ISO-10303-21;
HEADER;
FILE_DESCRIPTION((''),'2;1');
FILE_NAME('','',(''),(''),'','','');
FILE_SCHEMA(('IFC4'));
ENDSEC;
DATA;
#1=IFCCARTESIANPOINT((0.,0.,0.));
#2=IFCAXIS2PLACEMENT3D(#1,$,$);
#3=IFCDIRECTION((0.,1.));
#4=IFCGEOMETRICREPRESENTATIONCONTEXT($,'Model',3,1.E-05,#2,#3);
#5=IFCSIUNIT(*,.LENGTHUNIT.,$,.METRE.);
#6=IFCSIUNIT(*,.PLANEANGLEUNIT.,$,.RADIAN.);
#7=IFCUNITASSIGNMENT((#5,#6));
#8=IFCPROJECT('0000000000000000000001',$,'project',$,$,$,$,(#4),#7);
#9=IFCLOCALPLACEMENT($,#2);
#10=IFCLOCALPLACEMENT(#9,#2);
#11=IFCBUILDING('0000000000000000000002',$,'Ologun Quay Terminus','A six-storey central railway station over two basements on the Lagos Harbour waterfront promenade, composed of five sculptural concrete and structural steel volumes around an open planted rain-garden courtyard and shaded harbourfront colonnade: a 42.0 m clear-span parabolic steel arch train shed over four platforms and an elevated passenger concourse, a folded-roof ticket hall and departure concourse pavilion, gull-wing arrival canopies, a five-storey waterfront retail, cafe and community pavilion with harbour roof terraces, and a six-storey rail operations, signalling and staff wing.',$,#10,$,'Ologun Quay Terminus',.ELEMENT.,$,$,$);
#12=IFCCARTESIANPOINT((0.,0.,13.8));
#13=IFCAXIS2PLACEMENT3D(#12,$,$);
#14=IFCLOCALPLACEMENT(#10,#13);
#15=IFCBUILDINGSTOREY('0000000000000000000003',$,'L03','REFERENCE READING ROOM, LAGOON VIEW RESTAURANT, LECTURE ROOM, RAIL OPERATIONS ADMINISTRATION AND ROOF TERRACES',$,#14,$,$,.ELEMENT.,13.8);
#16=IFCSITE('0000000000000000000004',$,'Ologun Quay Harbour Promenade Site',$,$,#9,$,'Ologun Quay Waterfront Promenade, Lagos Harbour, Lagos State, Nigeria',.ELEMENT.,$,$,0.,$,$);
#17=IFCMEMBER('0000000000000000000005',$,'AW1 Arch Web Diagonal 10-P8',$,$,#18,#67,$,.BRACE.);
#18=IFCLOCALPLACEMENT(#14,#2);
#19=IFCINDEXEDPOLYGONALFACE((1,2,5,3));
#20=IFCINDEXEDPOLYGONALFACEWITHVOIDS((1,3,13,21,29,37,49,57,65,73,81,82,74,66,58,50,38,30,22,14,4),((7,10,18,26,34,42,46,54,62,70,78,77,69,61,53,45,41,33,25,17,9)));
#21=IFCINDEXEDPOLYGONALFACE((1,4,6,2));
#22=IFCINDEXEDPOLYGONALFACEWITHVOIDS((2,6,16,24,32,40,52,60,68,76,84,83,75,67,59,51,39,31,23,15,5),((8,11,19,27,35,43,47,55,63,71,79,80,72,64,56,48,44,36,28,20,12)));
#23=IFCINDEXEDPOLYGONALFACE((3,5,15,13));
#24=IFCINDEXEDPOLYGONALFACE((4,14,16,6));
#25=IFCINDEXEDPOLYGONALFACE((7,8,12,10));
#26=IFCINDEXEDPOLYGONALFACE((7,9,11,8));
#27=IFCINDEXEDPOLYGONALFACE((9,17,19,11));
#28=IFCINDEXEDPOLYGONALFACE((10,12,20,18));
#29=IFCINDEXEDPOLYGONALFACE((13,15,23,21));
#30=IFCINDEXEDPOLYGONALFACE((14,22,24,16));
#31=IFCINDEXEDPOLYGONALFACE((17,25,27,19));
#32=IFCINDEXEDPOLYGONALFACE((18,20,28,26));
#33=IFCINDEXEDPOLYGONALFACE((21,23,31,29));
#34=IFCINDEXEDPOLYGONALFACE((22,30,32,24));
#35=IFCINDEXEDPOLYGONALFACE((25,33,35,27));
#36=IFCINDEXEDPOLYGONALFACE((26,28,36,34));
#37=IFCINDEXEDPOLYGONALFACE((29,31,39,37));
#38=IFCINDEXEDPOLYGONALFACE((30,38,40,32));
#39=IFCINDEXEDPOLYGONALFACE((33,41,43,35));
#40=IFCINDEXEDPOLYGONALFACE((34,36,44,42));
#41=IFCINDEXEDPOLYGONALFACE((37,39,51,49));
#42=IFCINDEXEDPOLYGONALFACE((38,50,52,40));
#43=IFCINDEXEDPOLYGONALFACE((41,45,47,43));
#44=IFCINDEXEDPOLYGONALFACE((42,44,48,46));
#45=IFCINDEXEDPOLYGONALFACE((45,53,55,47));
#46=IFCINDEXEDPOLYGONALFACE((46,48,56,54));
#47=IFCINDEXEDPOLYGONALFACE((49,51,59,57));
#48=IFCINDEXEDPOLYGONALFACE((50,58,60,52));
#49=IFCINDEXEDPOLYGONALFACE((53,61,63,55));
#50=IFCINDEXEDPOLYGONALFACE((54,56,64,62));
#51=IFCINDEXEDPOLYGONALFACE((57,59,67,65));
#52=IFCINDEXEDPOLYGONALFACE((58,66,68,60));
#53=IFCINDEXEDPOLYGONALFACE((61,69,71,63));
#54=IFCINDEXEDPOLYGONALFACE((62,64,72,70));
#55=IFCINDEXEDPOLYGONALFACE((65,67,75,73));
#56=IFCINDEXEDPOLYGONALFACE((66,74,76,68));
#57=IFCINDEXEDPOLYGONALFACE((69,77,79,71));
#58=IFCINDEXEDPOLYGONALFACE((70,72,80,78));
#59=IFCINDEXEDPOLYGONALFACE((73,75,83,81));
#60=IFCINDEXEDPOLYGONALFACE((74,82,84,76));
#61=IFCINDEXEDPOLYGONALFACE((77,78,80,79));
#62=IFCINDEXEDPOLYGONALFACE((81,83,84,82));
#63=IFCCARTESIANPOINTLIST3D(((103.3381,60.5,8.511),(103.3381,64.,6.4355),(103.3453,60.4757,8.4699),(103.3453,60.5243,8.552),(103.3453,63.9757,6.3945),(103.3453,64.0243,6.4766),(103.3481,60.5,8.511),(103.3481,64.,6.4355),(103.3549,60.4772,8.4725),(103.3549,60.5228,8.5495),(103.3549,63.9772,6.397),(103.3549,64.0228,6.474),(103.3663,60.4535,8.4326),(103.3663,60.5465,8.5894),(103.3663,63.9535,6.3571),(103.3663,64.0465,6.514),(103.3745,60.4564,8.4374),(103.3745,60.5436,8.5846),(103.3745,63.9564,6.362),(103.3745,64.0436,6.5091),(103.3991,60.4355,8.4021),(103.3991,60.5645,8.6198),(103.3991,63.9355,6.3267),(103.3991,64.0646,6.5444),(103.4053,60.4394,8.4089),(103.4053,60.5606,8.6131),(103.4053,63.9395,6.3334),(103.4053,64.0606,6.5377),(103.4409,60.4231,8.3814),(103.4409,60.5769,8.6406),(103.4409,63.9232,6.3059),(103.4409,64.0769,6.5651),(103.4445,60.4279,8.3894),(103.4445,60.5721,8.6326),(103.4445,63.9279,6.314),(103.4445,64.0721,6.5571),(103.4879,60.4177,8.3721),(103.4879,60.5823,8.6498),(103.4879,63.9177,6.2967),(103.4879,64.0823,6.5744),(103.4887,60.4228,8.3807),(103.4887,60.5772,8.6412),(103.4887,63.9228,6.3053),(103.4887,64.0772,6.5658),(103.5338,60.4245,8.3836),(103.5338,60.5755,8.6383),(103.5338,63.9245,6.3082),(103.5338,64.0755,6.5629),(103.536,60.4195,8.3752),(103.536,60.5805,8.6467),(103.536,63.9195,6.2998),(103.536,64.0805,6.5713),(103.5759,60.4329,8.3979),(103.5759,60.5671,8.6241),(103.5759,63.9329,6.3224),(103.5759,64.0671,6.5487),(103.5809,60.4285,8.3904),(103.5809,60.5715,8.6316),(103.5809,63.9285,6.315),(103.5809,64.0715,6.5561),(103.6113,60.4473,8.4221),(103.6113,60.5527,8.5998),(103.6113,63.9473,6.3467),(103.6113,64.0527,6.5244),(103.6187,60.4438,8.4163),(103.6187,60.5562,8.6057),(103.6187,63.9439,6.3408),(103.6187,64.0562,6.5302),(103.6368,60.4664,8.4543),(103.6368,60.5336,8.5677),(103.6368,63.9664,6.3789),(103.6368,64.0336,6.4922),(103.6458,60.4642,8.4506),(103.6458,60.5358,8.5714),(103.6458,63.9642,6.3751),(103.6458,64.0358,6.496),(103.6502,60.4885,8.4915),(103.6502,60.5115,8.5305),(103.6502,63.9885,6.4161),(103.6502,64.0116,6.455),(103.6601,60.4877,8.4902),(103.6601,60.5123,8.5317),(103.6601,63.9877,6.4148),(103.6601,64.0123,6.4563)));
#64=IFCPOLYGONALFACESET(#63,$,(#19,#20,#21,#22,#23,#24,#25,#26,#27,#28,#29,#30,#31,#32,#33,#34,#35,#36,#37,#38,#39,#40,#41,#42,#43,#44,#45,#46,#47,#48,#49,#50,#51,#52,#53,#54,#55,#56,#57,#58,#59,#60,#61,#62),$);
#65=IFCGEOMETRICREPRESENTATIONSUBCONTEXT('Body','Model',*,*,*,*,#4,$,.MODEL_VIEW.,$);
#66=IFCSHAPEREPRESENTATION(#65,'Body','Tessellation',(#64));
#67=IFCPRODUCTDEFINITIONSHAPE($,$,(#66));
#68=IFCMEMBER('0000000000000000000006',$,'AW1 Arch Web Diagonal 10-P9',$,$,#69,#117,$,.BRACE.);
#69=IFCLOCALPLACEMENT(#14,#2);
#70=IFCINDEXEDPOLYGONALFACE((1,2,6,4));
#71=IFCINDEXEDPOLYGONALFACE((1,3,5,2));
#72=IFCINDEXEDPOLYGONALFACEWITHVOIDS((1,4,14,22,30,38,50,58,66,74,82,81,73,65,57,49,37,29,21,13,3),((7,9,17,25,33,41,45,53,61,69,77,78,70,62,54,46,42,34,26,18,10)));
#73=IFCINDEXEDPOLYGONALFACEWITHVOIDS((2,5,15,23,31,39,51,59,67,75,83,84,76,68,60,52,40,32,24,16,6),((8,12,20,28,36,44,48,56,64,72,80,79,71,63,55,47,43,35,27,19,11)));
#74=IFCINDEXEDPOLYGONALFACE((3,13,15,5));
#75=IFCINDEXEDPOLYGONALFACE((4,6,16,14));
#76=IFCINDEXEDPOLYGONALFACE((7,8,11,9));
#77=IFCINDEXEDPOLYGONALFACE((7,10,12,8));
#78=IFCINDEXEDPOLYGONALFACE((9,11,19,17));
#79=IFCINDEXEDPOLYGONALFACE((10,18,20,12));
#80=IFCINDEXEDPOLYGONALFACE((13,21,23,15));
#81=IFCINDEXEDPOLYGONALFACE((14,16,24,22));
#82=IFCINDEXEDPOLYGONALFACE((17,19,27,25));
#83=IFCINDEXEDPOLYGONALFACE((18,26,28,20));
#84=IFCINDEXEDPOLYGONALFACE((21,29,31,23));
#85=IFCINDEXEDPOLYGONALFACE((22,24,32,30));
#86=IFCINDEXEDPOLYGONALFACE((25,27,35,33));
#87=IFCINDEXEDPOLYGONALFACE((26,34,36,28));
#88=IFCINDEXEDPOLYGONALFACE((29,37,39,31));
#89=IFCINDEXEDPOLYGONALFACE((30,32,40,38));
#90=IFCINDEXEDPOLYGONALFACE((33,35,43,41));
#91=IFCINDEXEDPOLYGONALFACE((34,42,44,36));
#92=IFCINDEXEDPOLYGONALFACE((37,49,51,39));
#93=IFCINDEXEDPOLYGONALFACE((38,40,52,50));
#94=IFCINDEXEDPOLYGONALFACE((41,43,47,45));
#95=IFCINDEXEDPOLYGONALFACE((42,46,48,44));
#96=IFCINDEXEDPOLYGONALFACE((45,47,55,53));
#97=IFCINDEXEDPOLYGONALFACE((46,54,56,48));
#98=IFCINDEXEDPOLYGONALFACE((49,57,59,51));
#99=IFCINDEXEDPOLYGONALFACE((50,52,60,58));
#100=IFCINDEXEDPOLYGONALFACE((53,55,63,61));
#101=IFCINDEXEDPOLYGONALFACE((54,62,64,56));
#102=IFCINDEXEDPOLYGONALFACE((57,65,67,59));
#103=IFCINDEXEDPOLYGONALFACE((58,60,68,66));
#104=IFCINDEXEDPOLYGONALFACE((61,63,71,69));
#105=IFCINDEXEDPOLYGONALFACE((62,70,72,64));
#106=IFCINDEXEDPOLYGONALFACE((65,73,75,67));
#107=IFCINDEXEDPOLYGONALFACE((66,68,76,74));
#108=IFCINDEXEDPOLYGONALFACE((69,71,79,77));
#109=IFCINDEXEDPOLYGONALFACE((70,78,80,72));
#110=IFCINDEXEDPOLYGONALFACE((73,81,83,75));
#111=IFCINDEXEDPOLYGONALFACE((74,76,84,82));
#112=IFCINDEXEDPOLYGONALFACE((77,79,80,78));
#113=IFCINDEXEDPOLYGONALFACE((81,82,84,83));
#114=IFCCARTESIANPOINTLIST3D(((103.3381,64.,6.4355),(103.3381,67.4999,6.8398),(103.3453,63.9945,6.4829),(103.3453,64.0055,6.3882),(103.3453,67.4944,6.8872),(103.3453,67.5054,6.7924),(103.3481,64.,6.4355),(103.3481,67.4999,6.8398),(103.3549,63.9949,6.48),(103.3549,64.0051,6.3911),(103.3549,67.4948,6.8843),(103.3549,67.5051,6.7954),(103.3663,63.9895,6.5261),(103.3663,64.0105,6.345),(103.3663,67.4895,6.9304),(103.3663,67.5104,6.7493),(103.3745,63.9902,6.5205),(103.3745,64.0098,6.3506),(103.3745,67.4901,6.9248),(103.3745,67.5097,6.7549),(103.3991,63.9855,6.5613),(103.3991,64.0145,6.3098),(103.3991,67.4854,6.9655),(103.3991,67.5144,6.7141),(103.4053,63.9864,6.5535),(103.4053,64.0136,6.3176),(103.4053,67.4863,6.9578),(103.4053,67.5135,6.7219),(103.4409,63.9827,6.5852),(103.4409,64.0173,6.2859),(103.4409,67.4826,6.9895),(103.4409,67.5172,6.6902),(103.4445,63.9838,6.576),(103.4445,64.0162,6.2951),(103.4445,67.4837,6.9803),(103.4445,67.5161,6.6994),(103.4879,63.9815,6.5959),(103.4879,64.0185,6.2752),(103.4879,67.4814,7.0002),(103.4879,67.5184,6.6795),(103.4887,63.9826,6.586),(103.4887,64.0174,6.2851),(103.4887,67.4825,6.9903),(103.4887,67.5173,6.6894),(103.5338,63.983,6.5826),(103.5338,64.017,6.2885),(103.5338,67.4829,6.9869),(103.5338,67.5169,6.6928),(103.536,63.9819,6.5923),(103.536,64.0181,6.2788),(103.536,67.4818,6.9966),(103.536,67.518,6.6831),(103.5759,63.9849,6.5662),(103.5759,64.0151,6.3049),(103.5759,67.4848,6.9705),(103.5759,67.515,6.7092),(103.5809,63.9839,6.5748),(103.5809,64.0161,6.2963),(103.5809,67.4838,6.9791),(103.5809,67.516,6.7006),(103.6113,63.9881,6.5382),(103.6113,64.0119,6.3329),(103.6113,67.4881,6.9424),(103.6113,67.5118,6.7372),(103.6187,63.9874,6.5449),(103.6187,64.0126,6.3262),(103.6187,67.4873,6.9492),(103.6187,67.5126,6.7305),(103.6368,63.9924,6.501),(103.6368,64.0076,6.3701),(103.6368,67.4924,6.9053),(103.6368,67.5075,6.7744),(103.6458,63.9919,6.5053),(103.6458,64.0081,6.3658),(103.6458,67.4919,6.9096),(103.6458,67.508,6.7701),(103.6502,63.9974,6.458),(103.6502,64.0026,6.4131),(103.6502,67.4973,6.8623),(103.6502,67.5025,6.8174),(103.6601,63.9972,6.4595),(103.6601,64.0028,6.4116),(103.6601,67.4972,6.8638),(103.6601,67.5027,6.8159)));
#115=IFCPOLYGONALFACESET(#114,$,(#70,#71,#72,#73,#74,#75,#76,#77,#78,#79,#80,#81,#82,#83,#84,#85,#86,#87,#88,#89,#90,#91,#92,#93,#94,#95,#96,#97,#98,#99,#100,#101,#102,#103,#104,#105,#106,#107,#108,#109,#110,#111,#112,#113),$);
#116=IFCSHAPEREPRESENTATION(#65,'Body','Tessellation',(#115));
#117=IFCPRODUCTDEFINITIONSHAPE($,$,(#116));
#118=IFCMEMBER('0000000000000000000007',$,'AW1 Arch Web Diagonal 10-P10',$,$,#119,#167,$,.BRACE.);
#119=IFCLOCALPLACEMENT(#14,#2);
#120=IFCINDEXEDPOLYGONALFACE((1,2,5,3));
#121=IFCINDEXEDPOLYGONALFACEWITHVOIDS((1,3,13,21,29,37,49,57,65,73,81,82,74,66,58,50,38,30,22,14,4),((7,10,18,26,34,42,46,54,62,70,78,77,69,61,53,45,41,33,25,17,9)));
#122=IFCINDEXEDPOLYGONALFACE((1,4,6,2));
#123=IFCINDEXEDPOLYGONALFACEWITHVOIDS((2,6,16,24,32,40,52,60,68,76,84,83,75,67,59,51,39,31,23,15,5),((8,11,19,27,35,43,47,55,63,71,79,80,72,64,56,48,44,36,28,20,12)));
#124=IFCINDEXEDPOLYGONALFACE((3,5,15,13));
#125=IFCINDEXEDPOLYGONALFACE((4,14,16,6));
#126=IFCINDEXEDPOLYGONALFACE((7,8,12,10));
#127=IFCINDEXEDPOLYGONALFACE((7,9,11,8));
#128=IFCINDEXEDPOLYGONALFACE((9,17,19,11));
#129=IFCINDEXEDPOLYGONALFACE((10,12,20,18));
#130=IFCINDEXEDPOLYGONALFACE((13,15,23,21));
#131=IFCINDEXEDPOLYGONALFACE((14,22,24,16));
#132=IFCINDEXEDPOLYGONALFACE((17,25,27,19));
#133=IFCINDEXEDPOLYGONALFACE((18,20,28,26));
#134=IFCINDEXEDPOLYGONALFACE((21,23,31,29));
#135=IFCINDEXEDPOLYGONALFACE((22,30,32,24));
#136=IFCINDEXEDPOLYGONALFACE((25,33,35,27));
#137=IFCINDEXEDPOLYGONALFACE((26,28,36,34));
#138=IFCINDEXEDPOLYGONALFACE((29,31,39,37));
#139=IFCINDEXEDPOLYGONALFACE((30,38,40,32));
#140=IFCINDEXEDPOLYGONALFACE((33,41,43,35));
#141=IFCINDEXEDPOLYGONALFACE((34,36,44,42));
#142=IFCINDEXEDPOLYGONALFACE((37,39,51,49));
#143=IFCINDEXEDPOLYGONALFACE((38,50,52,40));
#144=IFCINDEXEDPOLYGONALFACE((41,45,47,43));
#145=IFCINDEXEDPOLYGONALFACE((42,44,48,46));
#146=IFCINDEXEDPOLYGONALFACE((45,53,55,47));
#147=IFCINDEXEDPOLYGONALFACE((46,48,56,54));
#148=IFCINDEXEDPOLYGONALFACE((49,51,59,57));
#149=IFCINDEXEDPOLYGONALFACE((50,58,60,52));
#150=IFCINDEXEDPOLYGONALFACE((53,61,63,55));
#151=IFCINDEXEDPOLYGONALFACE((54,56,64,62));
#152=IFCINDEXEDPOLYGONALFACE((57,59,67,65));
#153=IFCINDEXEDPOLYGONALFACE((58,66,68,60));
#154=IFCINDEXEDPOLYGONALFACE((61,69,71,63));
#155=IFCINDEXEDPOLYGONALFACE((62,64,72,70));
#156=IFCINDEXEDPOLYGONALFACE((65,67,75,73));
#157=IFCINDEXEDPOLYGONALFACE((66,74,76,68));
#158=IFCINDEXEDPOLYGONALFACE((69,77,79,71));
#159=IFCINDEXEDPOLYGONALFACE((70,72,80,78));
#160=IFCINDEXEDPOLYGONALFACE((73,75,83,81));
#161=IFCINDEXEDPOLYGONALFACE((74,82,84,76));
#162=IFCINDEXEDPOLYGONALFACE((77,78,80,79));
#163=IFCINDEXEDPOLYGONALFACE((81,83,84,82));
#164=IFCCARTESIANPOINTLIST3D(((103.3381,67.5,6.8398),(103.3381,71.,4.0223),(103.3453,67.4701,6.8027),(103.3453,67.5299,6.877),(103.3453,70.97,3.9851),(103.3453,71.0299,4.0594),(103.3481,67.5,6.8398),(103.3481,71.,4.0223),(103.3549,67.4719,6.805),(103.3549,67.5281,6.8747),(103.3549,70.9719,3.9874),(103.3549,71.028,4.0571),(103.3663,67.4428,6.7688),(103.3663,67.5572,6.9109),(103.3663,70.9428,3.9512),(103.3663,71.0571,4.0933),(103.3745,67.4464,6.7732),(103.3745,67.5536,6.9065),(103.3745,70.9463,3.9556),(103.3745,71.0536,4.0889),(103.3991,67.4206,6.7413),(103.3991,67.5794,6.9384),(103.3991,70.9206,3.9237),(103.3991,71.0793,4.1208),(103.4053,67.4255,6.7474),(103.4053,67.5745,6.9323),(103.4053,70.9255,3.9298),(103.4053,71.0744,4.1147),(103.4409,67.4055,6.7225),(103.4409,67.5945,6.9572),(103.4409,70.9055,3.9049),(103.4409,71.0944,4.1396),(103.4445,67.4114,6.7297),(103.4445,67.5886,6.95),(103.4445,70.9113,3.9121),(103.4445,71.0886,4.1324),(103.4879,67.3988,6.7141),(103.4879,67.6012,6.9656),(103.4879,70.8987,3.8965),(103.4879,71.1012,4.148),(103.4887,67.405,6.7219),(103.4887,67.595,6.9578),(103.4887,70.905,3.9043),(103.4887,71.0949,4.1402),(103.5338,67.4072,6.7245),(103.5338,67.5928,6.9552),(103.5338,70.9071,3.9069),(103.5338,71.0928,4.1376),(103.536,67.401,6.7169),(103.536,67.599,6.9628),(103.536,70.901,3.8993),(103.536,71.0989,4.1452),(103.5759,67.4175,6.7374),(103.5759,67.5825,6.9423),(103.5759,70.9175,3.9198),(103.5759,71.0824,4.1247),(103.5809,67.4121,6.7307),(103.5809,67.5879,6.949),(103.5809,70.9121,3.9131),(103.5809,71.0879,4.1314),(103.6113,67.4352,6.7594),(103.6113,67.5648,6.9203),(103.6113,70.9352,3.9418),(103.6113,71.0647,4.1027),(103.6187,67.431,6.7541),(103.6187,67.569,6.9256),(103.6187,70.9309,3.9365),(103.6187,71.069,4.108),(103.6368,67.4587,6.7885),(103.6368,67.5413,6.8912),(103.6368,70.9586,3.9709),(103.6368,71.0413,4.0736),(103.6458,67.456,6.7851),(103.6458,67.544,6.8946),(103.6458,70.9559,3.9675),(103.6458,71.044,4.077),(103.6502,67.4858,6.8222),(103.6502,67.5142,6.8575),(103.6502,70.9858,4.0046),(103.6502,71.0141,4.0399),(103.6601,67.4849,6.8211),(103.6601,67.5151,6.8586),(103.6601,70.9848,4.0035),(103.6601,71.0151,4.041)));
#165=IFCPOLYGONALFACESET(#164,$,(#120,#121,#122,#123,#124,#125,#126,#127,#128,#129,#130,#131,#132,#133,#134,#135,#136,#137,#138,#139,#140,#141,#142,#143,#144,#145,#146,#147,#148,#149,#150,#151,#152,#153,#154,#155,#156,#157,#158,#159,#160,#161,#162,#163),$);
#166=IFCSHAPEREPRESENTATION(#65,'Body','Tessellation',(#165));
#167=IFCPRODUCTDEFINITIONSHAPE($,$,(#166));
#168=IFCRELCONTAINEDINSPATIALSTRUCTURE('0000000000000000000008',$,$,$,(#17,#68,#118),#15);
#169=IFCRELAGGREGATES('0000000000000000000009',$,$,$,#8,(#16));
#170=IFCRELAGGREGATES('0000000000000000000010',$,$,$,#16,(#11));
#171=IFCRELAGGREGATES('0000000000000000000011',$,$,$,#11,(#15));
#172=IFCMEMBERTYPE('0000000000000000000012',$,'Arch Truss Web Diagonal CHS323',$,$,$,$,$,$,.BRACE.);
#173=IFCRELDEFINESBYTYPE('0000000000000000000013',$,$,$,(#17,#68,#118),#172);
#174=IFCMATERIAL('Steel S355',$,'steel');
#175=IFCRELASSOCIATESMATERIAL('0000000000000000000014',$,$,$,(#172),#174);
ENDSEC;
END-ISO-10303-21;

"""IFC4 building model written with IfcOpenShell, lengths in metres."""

from ifc_helpers import new_model, si_unit, direction, frame, origin, origin_2d, place, context, subcontext, project, spatial, hollow_circle, extrude, material, material_profile, profile_set, type_object, element, save


model = new_model("IFC4")

# Units and contexts
model_context = context("Model", 3, precision=1e-05, world=origin(), true_north=direction((0.0, 1.0)))
body_context = subcontext(model_context, "Body", "Model", "MODEL_VIEW")
ifc_project = project(units=[si_unit("LENGTHUNIT", "METRE"), si_unit("PLANEANGLEUNIT", "RADIAN")], contexts=[model_context])

# Site, building, storey
site_placement = place(None, origin())
site = spatial("IfcSite", under=ifc_project, at=site_placement, Name="Ologun Quay Harbour Promenade Site", LongName="Ologun Quay Waterfront Promenade, Lagos Harbour, Lagos State, Nigeria", CompositionType="ELEMENT", RefElevation=0.0)
building_placement = place(site_placement, origin())
building = spatial("IfcBuilding", under=site, at=building_placement, Name="Ologun Quay Terminus", Description="A six-storey central railway station over two basements on the Lagos Harbour waterfront promenade, composed of five sculptural concrete and structural steel volumes around an open planted rain-garden courtyard and shaded harbourfront colonnade: a 42.0 m clear-span parabolic steel arch train shed over four platforms and an elevated passenger concourse, a folded-roof ticket hall and departure concourse pavilion, gull-wing arrival canopies, a five-storey waterfront retail, cafe and community pavilion with harbour roof terraces, and a six-storey rail operations, signalling and staff wing.", LongName="Ologun Quay Terminus", CompositionType="ELEMENT")
storey_placement = place(building_placement, frame((0.0, 0.0, 13.8)))
storey = spatial("IfcBuildingStorey", under=building, at=storey_placement, Name="L03", Description="REFERENCE READING ROOM, LAGOON VIEW RESTAURANT, LECTURE ROOM, RAIL OPERATIONS ADMINISTRATION AND ROOF TERRACES", CompositionType="ELEMENT", Elevation=13.8)

# Members
ifc_material_1 = material(Name="Steel S355", Category="steel")
ifc_material_profile_1 = material_profile(ifc_material_1, hollow_circle(Radius=0.1619, WallThickness=0.01, at=origin_2d()), Name="CHS 323.9x10")
ifc_profile_set_1 = profile_set([ifc_material_profile_1], Name="Steel S355")
member_type_1 = type_object("IfcMemberType", Name="Arch Truss Web Diagonal CHS323", PredefinedType="BRACE", material=ifc_profile_set_1)
member_1_placement = place(storey_placement, frame((103.5, 60.5, 8.511), z_axis=(0.0, 0.860144, -0.510051), x_axis=(-1.0, 0.0, 0.0)))
element("IfcMember", 1, at=member_1_placement, inside=storey, type_object=member_type_1, Name="AW1 Arch Web Diagonal 10-P8", PredefinedType="BRACE", context=body_context, shape_type="SweptSolid", body=[
    extrude(hollow_circle(Radius=0.1619, WallThickness=0.01, at=origin_2d()), origin(), (0.0, 0.0, 1.0), 4.0691),
])
member_2_placement = place(storey_placement, frame((103.5, 64.0, 6.4355), z_axis=(0.0, 0.993394, 0.11475), x_axis=(-1.0, 0.0, 0.0)))
element("IfcMember", 2, at=member_2_placement, inside=storey, type_object=member_type_1, Name="AW1 Arch Web Diagonal 10-P9", PredefinedType="BRACE", context=body_context, shape_type="SweptSolid", body=[
    extrude(hollow_circle(Radius=0.1619, WallThickness=0.01, at=origin_2d()), origin(), (0.0, 0.0, 1.0), 3.5232),
])
member_3_placement = place(storey_placement, frame((103.5, 67.5, 6.8398), z_axis=(0.0, 0.778951, -0.627084), x_axis=(-1.0, 0.0, 0.0)))
element("IfcMember", 3, at=member_3_placement, inside=storey, type_object=member_type_1, Name="AW1 Arch Web Diagonal 10-P10", PredefinedType="BRACE", context=body_context, shape_type="SweptSolid", body=[
    extrude(hollow_circle(Radius=0.1619, WallThickness=0.01, at=origin_2d()), origin(), (0.0, 0.0, 1.0), 4.4932),
])

save(model, "model.ifc")
